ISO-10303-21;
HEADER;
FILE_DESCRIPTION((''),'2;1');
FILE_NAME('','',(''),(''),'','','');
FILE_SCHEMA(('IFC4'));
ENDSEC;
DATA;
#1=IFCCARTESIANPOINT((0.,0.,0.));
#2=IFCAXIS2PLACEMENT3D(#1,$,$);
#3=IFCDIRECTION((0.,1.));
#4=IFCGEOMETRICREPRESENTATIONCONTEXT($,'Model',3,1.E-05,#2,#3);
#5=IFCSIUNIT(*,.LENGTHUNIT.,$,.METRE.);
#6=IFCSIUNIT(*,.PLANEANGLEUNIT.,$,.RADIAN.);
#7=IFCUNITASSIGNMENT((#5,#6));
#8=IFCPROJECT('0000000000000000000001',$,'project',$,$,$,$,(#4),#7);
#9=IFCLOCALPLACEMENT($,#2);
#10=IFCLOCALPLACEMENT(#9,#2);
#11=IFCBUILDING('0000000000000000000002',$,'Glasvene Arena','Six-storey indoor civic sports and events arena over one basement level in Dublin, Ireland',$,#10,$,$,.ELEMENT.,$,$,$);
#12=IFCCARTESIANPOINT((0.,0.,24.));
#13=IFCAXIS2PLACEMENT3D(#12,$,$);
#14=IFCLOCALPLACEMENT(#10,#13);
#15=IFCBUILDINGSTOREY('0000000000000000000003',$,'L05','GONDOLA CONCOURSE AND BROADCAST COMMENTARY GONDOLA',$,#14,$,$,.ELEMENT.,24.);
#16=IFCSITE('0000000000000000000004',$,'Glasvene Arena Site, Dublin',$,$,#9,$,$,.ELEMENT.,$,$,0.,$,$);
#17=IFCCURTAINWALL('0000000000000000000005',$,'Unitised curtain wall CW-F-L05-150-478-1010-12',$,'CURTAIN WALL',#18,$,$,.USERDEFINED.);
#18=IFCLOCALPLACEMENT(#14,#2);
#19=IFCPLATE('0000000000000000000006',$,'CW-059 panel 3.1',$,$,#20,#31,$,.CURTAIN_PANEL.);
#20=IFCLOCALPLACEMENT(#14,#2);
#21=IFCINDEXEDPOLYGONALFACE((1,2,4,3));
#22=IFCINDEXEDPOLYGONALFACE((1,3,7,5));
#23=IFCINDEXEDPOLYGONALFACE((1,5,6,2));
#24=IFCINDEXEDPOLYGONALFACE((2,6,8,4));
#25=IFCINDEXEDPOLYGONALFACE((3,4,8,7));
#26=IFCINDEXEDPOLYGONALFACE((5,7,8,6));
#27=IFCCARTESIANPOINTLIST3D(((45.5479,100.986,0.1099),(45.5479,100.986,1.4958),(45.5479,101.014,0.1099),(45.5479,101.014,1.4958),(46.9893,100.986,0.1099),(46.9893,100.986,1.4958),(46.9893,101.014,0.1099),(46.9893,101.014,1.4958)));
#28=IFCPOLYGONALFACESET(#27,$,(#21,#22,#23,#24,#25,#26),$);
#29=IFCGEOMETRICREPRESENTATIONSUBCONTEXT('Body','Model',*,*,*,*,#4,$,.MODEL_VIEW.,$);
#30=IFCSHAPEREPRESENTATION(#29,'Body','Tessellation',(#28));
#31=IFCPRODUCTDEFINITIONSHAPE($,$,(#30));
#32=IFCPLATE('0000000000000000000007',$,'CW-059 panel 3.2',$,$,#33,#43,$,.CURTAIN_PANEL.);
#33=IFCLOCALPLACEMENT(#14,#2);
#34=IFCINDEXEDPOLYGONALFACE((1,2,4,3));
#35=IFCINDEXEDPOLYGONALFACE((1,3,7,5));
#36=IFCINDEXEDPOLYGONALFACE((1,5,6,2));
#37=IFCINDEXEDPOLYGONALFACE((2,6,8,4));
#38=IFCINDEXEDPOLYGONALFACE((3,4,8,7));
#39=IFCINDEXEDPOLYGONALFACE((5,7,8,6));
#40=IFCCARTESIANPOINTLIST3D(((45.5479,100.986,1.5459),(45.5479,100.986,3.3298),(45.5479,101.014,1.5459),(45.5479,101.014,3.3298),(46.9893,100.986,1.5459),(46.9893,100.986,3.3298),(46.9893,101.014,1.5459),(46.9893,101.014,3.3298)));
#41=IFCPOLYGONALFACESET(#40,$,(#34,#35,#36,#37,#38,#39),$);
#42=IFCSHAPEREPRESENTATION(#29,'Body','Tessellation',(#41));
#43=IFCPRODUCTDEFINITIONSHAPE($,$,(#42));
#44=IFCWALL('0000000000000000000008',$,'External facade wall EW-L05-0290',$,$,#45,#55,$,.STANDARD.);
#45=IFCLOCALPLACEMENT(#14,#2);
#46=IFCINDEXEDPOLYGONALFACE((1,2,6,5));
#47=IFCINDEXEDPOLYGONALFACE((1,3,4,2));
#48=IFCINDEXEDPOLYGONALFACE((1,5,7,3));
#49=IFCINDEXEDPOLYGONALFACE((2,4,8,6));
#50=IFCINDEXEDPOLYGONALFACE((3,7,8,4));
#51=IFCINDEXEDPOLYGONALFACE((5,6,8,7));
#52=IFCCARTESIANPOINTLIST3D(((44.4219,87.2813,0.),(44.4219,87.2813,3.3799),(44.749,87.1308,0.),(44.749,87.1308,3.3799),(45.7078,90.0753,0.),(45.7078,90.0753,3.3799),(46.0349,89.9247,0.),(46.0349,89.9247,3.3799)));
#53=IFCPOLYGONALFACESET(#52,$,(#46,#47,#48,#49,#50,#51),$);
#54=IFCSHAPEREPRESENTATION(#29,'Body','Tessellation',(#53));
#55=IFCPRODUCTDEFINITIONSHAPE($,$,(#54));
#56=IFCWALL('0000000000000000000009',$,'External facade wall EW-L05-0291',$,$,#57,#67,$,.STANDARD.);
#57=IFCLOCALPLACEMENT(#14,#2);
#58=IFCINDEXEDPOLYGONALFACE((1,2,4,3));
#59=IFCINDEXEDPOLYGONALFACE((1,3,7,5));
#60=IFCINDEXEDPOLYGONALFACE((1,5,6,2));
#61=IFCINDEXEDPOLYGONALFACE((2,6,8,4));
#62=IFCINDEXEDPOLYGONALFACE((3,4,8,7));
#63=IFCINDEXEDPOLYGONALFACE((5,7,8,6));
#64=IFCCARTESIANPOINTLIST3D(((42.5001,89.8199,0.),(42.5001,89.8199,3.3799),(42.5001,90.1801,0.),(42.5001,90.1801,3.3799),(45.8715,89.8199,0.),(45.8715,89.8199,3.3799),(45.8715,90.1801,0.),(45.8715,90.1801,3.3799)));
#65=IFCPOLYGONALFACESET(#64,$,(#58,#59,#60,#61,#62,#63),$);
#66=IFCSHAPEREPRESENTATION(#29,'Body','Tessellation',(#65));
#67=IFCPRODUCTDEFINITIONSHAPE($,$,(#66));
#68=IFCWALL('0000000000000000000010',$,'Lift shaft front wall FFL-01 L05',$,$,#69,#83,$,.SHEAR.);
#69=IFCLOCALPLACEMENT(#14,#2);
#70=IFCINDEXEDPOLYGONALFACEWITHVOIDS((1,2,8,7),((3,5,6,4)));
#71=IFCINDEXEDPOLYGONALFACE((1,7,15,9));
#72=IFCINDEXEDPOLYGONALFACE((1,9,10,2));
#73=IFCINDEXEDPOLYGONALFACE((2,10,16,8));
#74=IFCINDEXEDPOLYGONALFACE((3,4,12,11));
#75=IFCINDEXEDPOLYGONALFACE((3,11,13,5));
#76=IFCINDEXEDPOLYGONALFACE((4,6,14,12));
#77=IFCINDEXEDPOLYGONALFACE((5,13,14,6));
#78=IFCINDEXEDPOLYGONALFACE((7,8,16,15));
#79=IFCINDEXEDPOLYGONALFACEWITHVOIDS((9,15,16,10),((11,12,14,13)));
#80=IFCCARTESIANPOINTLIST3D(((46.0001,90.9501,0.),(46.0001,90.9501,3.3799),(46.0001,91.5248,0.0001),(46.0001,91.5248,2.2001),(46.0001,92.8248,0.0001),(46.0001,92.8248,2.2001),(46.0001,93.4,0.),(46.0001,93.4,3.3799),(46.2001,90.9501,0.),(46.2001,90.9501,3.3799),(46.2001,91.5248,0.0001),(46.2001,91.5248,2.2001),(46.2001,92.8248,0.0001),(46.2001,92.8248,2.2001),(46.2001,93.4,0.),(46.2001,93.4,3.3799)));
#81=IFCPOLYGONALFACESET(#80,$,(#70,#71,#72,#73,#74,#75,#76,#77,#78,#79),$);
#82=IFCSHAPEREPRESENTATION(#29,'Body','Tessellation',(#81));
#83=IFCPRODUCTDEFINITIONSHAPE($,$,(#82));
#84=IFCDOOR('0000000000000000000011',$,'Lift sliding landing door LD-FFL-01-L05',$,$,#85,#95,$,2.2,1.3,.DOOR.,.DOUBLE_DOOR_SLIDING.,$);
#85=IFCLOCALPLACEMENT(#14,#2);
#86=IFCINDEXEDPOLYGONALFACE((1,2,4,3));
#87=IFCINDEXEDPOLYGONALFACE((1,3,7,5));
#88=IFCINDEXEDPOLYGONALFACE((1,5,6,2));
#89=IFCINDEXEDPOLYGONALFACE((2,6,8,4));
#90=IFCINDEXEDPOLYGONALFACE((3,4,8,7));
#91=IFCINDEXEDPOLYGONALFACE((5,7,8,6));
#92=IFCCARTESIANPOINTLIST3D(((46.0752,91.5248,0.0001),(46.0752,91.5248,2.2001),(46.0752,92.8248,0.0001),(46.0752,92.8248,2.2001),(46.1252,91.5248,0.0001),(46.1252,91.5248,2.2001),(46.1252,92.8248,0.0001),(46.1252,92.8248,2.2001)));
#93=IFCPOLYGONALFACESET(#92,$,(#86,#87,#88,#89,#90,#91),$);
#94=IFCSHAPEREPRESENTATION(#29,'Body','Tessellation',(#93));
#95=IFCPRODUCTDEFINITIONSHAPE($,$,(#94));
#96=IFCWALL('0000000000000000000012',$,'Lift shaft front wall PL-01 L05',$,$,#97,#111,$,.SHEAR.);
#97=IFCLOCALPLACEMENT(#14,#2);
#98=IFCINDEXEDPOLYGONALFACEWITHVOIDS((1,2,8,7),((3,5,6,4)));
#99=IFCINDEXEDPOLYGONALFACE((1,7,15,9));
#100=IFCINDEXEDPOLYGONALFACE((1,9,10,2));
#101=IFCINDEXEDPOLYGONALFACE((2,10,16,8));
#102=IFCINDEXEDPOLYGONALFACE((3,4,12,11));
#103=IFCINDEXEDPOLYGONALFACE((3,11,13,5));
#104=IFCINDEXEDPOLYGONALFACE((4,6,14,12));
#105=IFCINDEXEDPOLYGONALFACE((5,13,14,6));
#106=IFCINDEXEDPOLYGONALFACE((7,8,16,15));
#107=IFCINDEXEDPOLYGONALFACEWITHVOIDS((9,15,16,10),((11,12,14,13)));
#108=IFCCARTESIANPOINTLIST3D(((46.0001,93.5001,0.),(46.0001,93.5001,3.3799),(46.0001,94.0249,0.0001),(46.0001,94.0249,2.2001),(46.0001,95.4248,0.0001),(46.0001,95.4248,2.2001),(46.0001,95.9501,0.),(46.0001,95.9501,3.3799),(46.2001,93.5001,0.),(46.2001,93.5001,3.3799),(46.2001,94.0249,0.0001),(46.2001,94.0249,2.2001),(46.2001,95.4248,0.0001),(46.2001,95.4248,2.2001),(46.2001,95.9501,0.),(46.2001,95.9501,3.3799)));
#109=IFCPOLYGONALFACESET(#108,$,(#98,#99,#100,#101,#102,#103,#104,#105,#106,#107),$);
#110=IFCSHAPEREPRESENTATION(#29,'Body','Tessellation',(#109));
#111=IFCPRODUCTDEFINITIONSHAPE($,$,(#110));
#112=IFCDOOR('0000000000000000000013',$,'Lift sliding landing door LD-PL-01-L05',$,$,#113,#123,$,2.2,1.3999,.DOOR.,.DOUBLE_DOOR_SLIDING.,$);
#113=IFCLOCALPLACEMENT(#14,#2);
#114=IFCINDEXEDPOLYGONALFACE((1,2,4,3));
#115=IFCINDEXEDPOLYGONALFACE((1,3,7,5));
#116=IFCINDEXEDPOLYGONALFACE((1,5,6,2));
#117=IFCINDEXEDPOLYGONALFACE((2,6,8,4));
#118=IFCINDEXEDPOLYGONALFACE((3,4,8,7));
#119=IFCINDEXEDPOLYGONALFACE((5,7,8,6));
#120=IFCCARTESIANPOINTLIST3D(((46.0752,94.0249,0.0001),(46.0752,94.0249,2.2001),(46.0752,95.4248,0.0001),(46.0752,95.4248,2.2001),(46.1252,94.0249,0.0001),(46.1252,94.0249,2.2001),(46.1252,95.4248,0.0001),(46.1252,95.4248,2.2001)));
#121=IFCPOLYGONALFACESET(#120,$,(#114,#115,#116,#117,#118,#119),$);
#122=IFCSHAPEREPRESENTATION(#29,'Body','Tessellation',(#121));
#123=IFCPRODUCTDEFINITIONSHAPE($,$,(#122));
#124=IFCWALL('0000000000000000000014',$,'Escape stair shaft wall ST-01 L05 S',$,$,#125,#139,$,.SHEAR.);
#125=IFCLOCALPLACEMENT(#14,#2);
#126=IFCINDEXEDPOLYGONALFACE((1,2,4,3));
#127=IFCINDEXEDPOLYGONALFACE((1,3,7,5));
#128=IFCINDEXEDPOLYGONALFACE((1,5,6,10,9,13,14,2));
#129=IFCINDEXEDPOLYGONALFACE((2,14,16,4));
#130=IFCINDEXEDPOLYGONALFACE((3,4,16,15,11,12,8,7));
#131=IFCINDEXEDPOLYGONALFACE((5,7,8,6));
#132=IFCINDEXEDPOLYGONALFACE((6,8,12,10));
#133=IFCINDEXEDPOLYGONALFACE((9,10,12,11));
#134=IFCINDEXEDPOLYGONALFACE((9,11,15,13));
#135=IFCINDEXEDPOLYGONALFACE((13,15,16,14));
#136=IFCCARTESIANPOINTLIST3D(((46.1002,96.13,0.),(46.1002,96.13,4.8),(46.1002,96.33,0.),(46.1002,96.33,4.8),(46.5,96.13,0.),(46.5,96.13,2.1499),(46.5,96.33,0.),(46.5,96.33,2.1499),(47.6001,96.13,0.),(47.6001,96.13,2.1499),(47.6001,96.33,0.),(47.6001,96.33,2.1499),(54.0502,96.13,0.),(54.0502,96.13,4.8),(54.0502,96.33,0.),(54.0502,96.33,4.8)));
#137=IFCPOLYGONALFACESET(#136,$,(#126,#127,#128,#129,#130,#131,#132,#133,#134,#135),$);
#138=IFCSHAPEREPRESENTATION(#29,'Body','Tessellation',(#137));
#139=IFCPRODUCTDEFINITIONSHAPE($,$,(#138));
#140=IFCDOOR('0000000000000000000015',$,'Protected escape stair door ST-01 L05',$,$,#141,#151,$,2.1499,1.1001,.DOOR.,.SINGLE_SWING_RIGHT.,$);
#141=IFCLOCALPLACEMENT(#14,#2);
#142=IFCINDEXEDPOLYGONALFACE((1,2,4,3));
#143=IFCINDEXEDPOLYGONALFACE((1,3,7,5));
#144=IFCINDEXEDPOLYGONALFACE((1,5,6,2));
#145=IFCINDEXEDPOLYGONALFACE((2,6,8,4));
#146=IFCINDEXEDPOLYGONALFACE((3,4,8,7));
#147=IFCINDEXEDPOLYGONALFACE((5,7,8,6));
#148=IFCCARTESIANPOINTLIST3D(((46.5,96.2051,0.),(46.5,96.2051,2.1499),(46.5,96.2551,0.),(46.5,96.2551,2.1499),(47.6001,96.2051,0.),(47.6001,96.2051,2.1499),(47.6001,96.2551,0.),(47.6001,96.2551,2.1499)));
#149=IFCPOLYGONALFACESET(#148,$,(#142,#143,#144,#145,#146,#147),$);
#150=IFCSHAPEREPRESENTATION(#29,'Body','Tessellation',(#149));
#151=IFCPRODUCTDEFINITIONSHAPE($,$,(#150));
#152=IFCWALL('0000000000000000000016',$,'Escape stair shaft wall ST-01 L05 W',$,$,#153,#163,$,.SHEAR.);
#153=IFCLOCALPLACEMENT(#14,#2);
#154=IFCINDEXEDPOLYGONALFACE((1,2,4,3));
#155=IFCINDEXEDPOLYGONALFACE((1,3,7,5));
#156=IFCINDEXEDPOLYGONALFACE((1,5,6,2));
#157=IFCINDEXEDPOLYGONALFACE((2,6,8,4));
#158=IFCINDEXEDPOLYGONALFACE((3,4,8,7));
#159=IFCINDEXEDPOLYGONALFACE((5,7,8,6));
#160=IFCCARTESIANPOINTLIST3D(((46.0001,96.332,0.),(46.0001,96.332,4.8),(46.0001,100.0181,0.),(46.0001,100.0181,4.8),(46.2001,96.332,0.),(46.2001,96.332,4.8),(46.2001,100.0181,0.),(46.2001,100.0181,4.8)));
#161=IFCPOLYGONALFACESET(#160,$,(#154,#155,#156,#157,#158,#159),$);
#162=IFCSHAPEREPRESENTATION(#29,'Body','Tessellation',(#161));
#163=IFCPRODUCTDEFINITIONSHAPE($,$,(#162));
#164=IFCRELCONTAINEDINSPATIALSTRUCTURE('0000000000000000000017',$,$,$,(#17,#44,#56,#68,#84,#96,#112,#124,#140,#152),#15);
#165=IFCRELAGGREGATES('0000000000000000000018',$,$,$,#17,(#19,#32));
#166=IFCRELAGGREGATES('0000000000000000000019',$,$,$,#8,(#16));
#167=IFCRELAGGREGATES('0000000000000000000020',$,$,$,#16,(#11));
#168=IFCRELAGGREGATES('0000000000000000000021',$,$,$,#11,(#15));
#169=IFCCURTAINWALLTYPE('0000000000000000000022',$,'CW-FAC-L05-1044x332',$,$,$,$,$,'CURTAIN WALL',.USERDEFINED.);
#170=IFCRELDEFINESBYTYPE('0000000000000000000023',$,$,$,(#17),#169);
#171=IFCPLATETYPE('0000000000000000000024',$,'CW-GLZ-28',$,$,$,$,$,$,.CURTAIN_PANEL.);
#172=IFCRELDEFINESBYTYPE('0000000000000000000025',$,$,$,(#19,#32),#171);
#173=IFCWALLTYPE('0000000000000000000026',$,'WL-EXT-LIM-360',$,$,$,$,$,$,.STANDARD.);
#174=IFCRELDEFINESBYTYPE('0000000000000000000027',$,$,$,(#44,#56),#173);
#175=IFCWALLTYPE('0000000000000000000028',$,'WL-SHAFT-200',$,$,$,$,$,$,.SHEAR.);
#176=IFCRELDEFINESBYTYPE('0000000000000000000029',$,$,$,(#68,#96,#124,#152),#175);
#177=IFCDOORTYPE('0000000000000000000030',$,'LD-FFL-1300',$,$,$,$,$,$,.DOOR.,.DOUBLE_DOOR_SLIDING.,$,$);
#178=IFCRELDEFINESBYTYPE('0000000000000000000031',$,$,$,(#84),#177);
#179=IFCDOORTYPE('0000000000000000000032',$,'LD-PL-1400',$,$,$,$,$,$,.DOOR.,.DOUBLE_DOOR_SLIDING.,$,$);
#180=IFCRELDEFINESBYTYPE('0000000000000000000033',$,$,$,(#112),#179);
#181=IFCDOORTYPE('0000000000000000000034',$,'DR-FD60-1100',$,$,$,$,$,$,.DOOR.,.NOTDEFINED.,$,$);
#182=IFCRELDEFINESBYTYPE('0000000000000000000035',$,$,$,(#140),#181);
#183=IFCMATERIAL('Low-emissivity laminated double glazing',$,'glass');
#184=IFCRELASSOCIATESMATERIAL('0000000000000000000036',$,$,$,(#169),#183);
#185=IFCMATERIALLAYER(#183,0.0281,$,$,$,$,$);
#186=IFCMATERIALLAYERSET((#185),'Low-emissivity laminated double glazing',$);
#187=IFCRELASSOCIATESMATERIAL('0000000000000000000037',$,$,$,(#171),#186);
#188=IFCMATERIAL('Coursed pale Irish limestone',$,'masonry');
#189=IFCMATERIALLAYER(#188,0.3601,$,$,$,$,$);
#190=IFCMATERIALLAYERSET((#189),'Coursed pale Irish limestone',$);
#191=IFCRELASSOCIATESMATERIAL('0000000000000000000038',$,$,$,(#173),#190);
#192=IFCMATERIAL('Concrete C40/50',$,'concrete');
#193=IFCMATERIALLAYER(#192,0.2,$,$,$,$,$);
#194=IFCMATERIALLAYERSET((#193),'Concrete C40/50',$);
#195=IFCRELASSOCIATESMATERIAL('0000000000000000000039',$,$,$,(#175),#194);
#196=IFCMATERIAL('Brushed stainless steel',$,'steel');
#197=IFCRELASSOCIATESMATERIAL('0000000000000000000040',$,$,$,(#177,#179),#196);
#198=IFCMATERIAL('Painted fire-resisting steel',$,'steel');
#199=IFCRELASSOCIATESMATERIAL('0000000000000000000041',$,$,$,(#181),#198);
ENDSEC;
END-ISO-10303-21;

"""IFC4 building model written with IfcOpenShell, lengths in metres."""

from ifc_helpers import new_model, si_unit, direction, frame, frame_2d, origin, origin_2d, place, context, subcontext, project, spatial, rectangle, extrude, material, layer, layer_set, type_object, element, fill, aggregate, save


model = new_model("IFC4")

# Units and contexts
model_context = context("Model", 3, precision=1e-05, world=origin(), true_north=direction((0.0, 1.0)))
body_context = subcontext(model_context, "Body", "Model", "MODEL_VIEW")
ifc_project = project(units=[si_unit("LENGTHUNIT", "METRE"), si_unit("PLANEANGLEUNIT", "RADIAN")], contexts=[model_context])

# Site, building, storey
site_placement = place(None, origin())
site = spatial("IfcSite", under=ifc_project, at=site_placement, Name="Glasvene Arena Site, Dublin", CompositionType="ELEMENT", RefElevation=0.0)
building_placement = place(site_placement, origin())
building = spatial("IfcBuilding", under=site, at=building_placement, Name="Glasvene Arena", Description="Six-storey indoor civic sports and events arena over one basement level in Dublin, Ireland", CompositionType="ELEMENT")
storey_placement = place(building_placement, frame((0.0, 0.0, 24.0)))
storey = spatial("IfcBuildingStorey", under=building, at=storey_placement, Name="L05", Description="GONDOLA CONCOURSE AND BROADCAST COMMENTARY GONDOLA", CompositionType="ELEMENT", Elevation=24.0)

# Shared definitions
ifc_material_1 = material(Name="Low-emissivity laminated double glazing", Category="glass")

# Curtain wall, plates
curtain_wall_type_1 = type_object("IfcCurtainWallType", Name="CW-FAC-L05-1044x332", ElementType="CURTAIN WALL", PredefinedType="USERDEFINED", material=ifc_material_1)
curtain_wall_1_placement = place(storey_placement, frame((42.54, 101.0, 0.0)))
curtain_wall_1 = element("IfcCurtainWall", 1, at=curtain_wall_1_placement, inside=storey, type_object=curtain_wall_type_1, Name="Unitised curtain wall CW-F-L05-150-478-1010-12", ObjectType="CURTAIN WALL", PredefinedType="USERDEFINED")
ifc_layer_1 = layer(ifc_material_1, 0.0281)
ifc_layer_set_1 = layer_set([ifc_layer_1], Name="Low-emissivity laminated double glazing")
plate_type = type_object("IfcPlateType", Name="CW-GLZ-28", PredefinedType="CURTAIN_PANEL", material=ifc_layer_set_1)
plate_1_placement = place(storey_placement, frame((46.2686, 101.0, 0.1099), z_axis=(0.0, 0.0, 1.0), x_axis=(1.0, 0.0, 0.0)))
plate_1 = element("IfcPlate", 2, at=plate_1_placement, type_object=plate_type, Name="CW-059 panel 3.1", PredefinedType="CURTAIN_PANEL", context=body_context, shape_type="SweptSolid", body=[
    extrude(rectangle(XDim=1.4414, YDim=0.0281, at=origin_2d()), origin(), (0.0, 0.0, 1.0), 1.386),
])
plate_2_placement = place(storey_placement, frame((46.2686, 101.0, 1.5459), z_axis=(0.0, 0.0, 1.0), x_axis=(1.0, 0.0, 0.0)))
plate_2 = element("IfcPlate", 3, at=plate_2_placement, type_object=plate_type, Name="CW-059 panel 3.2", PredefinedType="CURTAIN_PANEL", context=body_context, shape_type="SweptSolid", body=[
    extrude(rectangle(XDim=1.4414, YDim=0.0281, at=origin_2d()), origin(), (0.0, 0.0, 1.0), 1.7839),
])
aggregate(curtain_wall_1, [plate_1, plate_2])

# Shared definitions
ifc_material_2 = material(Name="Concrete C40/50", Category="concrete")

# Walls
ifc_material_3 = material(Name="Coursed pale Irish limestone", Category="masonry")
ifc_layer_2 = layer(ifc_material_3, 0.3601)
ifc_layer_set_2 = layer_set([ifc_layer_2], Name="Coursed pale Irish limestone")
wall_type_1 = type_object("IfcWallType", Name="WL-EXT-LIM-360", PredefinedType="STANDARD", material=ifc_layer_set_2)
wall_1_placement = place(storey_placement, frame((44.5854, 87.2061, 0.0), z_axis=(0.0, 0.0, 1.0), x_axis=(0.418086, 0.908407, 0.0)))
element("IfcWall", 4, at=wall_1_placement, inside=storey, type_object=wall_type_1, Name="External facade wall EW-L05-0290", PredefinedType="STANDARD", context=body_context, shape_type="SweptSolid", body=[
    extrude(rectangle(XDim=3.0757, YDim=0.3601, at=frame_2d((1.5378, 0.0))), origin(), (0.0, 0.0, 1.0), 3.3799),
])
wall_2_placement = place(storey_placement, frame((45.8713, 90.0, 0.0), z_axis=(0.0, 0.0, 1.0), x_axis=(-1.0, 0.0, 0.0)))
element("IfcWall", 5, at=wall_2_placement, inside=storey, type_object=wall_type_1, Name="External facade wall EW-L05-0291", PredefinedType="STANDARD", context=body_context, shape_type="SweptSolid", body=[
    extrude(rectangle(XDim=3.3713, YDim=0.3601, at=frame_2d((1.6855, 0.0))), origin(), (0.0, 0.0, 1.0), 3.3799),
])

# Walls, openings, doors
ifc_material_4 = material(Name="Painted fire-resisting steel", Category="steel")
ifc_layer_3 = layer(ifc_material_2, 0.2)
ifc_layer_set_3 = layer_set([ifc_layer_3], Name="Concrete C40/50")
wall_type_2 = type_object("IfcWallType", Name="WL-SHAFT-200", PredefinedType="SHEAR", material=ifc_layer_set_3)
wall_3_placement = place(storey_placement, frame((46.1001, 90.95, 0.0), z_axis=(0.0, 0.0, 1.0), x_axis=(0.0, 1.0, 0.0)))
wall_3 = element("IfcWall", 6, at=wall_3_placement, inside=storey, type_object=wall_type_2, Name="Lift shaft front wall FFL-01 L05", PredefinedType="SHEAR", context=body_context, shape_type="SweptSolid", body=[
    extrude(rectangle(XDim=2.45, YDim=0.2, at=frame_2d((1.2251, 0.0))), origin(), (0.0, 0.0, 1.0), 3.3799),
])
opening_1_placement = place(wall_3_placement, frame((0.575, 0.0, 0.0)))
opening_1 = element("IfcOpeningElement", 7, at=opening_1_placement, cuts=wall_3, PredefinedType="OPENING", context=body_context, shape_type="SweptSolid", body=[
    extrude(rectangle(XDim=1.3, YDim=2.2, at=frame_2d((0.6499, 1.1001))), frame((0.0, 0.1099, 0.0), z_axis=(0.0, -1.0, 0.0), x_axis=(1.0, 0.0, 0.0)), (0.0, 0.0, 1.0), 0.22),
])
ifc_material_5 = material(Name="Brushed stainless steel", Category="steel")
door_type_1 = type_object("IfcDoorType", Name="LD-FFL-1300", OperationType="DOUBLE_DOOR_SLIDING", PredefinedType="DOOR", material=ifc_material_5)
door_1_placement = place(opening_1_placement, origin())
door_1 = element("IfcDoor", 8, at=door_1_placement, inside=storey, type_object=door_type_1, Name="Lift sliding landing door LD-FFL-01-L05", OperationType="DOUBLE_DOOR_SLIDING", OverallHeight=2.2, OverallWidth=1.3, PredefinedType="DOOR", context=body_context, shape_type="SweptSolid", body=[
    extrude(rectangle(XDim=1.3, YDim=2.2, at=frame_2d((0.6499, 1.1001))), frame((0.0, 0.0249, 0.0), z_axis=(0.0, -1.0, 0.0), x_axis=(1.0, 0.0, 0.0)), (0.0, 0.0, 1.0), 0.05),
])
fill(opening_1, door_1)
wall_4_placement = place(storey_placement, frame((46.1001, 93.5, 0.0), z_axis=(0.0, 0.0, 1.0), x_axis=(0.0, 1.0, 0.0)))
wall_4 = element("IfcWall", 9, at=wall_4_placement, inside=storey, type_object=wall_type_2, Name="Lift shaft front wall PL-01 L05", PredefinedType="SHEAR", context=body_context, shape_type="SweptSolid", body=[
    extrude(rectangle(XDim=2.45, YDim=0.2, at=frame_2d((1.2251, 0.0))), origin(), (0.0, 0.0, 1.0), 3.3799),
])
opening_2_placement = place(wall_4_placement, frame((0.5249, 0.0, 0.0)))
opening_2 = element("IfcOpeningElement", 10, at=opening_2_placement, cuts=wall_4, PredefinedType="OPENING", context=body_context, shape_type="SweptSolid", body=[
    extrude(rectangle(XDim=1.3999, YDim=2.2, at=frame_2d((0.7, 1.1001))), frame((0.0, 0.1099, 0.0), z_axis=(0.0, -1.0, 0.0), x_axis=(1.0, 0.0, 0.0)), (0.0, 0.0, 1.0), 0.22),
])
door_type_2 = type_object("IfcDoorType", Name="LD-PL-1400", OperationType="DOUBLE_DOOR_SLIDING", PredefinedType="DOOR", material=ifc_material_5)
door_2_placement = place(opening_2_placement, origin())
door_2 = element("IfcDoor", 11, at=door_2_placement, inside=storey, type_object=door_type_2, Name="Lift sliding landing door LD-PL-01-L05", OperationType="DOUBLE_DOOR_SLIDING", OverallHeight=2.2, OverallWidth=1.3999, PredefinedType="DOOR", context=body_context, shape_type="SweptSolid", body=[
    extrude(rectangle(XDim=1.3999, YDim=2.2, at=frame_2d((0.7, 1.1001))), frame((0.0, 0.0249, 0.0), z_axis=(0.0, -1.0, 0.0), x_axis=(1.0, 0.0, 0.0)), (0.0, 0.0, 1.0), 0.05),
])
fill(opening_2, door_2)
wall_5_placement = place(storey_placement, frame((46.1001, 96.23, 0.0), z_axis=(0.0, 0.0, 1.0), x_axis=(1.0, 0.0, 0.0)))
wall_5 = element("IfcWall", 12, at=wall_5_placement, inside=storey, type_object=wall_type_2, Name="Escape stair shaft wall ST-01 L05 S", PredefinedType="SHEAR", context=body_context, shape_type="SweptSolid", body=[
    extrude(rectangle(XDim=7.95, YDim=0.2, at=frame_2d((3.9751, 0.0))), origin(), (0.0, 0.0, 1.0), 4.8),
])
opening_3_placement = place(wall_5_placement, frame((0.3999, 0.0, 0.0)))
opening_3 = element("IfcOpeningElement", 13, at=opening_3_placement, cuts=wall_5, PredefinedType="OPENING", context=body_context, shape_type="SweptSolid", body=[
    extrude(rectangle(XDim=1.1001, YDim=2.1499, at=frame_2d((0.55, 1.075))), frame((0.0, 0.1099, 0.0), z_axis=(0.0, -1.0, 0.0), x_axis=(1.0, 0.0, 0.0)), (0.0, 0.0, 1.0), 0.22),
])
door_type_3 = type_object("IfcDoorType", Name="DR-FD60-1100", OperationType="NOTDEFINED", PredefinedType="DOOR", material=ifc_material_4)
door_3_placement = place(opening_3_placement, frame((1.1001, 0.0, 0.0), z_axis=(0.0, 0.0, 1.0), x_axis=(-1.0, 0.0, 0.0)))
door_3 = element("IfcDoor", 14, at=door_3_placement, inside=storey, type_object=door_type_3, Name="Protected escape stair door ST-01 L05", OperationType="SINGLE_SWING_RIGHT", OverallHeight=2.1499, OverallWidth=1.1001, PredefinedType="DOOR", context=body_context, shape_type="SweptSolid", body=[
    extrude(rectangle(XDim=1.1001, YDim=2.1499, at=frame_2d((0.55, 1.075))), frame((0.0, 0.0249, 0.0), z_axis=(0.0, -1.0, 0.0), x_axis=(1.0, 0.0, 0.0)), (0.0, 0.0, 1.0), 0.05),
])
fill(opening_3, door_3)

# Wall
wall_6_placement = place(storey_placement, frame((46.1001, 96.332, 0.0), z_axis=(0.0, 0.0, 1.0), x_axis=(0.0, 1.0, 0.0)))
element("IfcWall", 15, at=wall_6_placement, inside=storey, type_object=wall_type_2, Name="Escape stair shaft wall ST-01 L05 W", PredefinedType="SHEAR", context=body_context, shape_type="SweptSolid", body=[
    extrude(rectangle(XDim=3.686, YDim=0.2, at=frame_2d((1.843, 0.0))), origin(), (0.0, 0.0, 1.0), 4.8),
])

save(model, "model.ifc")
